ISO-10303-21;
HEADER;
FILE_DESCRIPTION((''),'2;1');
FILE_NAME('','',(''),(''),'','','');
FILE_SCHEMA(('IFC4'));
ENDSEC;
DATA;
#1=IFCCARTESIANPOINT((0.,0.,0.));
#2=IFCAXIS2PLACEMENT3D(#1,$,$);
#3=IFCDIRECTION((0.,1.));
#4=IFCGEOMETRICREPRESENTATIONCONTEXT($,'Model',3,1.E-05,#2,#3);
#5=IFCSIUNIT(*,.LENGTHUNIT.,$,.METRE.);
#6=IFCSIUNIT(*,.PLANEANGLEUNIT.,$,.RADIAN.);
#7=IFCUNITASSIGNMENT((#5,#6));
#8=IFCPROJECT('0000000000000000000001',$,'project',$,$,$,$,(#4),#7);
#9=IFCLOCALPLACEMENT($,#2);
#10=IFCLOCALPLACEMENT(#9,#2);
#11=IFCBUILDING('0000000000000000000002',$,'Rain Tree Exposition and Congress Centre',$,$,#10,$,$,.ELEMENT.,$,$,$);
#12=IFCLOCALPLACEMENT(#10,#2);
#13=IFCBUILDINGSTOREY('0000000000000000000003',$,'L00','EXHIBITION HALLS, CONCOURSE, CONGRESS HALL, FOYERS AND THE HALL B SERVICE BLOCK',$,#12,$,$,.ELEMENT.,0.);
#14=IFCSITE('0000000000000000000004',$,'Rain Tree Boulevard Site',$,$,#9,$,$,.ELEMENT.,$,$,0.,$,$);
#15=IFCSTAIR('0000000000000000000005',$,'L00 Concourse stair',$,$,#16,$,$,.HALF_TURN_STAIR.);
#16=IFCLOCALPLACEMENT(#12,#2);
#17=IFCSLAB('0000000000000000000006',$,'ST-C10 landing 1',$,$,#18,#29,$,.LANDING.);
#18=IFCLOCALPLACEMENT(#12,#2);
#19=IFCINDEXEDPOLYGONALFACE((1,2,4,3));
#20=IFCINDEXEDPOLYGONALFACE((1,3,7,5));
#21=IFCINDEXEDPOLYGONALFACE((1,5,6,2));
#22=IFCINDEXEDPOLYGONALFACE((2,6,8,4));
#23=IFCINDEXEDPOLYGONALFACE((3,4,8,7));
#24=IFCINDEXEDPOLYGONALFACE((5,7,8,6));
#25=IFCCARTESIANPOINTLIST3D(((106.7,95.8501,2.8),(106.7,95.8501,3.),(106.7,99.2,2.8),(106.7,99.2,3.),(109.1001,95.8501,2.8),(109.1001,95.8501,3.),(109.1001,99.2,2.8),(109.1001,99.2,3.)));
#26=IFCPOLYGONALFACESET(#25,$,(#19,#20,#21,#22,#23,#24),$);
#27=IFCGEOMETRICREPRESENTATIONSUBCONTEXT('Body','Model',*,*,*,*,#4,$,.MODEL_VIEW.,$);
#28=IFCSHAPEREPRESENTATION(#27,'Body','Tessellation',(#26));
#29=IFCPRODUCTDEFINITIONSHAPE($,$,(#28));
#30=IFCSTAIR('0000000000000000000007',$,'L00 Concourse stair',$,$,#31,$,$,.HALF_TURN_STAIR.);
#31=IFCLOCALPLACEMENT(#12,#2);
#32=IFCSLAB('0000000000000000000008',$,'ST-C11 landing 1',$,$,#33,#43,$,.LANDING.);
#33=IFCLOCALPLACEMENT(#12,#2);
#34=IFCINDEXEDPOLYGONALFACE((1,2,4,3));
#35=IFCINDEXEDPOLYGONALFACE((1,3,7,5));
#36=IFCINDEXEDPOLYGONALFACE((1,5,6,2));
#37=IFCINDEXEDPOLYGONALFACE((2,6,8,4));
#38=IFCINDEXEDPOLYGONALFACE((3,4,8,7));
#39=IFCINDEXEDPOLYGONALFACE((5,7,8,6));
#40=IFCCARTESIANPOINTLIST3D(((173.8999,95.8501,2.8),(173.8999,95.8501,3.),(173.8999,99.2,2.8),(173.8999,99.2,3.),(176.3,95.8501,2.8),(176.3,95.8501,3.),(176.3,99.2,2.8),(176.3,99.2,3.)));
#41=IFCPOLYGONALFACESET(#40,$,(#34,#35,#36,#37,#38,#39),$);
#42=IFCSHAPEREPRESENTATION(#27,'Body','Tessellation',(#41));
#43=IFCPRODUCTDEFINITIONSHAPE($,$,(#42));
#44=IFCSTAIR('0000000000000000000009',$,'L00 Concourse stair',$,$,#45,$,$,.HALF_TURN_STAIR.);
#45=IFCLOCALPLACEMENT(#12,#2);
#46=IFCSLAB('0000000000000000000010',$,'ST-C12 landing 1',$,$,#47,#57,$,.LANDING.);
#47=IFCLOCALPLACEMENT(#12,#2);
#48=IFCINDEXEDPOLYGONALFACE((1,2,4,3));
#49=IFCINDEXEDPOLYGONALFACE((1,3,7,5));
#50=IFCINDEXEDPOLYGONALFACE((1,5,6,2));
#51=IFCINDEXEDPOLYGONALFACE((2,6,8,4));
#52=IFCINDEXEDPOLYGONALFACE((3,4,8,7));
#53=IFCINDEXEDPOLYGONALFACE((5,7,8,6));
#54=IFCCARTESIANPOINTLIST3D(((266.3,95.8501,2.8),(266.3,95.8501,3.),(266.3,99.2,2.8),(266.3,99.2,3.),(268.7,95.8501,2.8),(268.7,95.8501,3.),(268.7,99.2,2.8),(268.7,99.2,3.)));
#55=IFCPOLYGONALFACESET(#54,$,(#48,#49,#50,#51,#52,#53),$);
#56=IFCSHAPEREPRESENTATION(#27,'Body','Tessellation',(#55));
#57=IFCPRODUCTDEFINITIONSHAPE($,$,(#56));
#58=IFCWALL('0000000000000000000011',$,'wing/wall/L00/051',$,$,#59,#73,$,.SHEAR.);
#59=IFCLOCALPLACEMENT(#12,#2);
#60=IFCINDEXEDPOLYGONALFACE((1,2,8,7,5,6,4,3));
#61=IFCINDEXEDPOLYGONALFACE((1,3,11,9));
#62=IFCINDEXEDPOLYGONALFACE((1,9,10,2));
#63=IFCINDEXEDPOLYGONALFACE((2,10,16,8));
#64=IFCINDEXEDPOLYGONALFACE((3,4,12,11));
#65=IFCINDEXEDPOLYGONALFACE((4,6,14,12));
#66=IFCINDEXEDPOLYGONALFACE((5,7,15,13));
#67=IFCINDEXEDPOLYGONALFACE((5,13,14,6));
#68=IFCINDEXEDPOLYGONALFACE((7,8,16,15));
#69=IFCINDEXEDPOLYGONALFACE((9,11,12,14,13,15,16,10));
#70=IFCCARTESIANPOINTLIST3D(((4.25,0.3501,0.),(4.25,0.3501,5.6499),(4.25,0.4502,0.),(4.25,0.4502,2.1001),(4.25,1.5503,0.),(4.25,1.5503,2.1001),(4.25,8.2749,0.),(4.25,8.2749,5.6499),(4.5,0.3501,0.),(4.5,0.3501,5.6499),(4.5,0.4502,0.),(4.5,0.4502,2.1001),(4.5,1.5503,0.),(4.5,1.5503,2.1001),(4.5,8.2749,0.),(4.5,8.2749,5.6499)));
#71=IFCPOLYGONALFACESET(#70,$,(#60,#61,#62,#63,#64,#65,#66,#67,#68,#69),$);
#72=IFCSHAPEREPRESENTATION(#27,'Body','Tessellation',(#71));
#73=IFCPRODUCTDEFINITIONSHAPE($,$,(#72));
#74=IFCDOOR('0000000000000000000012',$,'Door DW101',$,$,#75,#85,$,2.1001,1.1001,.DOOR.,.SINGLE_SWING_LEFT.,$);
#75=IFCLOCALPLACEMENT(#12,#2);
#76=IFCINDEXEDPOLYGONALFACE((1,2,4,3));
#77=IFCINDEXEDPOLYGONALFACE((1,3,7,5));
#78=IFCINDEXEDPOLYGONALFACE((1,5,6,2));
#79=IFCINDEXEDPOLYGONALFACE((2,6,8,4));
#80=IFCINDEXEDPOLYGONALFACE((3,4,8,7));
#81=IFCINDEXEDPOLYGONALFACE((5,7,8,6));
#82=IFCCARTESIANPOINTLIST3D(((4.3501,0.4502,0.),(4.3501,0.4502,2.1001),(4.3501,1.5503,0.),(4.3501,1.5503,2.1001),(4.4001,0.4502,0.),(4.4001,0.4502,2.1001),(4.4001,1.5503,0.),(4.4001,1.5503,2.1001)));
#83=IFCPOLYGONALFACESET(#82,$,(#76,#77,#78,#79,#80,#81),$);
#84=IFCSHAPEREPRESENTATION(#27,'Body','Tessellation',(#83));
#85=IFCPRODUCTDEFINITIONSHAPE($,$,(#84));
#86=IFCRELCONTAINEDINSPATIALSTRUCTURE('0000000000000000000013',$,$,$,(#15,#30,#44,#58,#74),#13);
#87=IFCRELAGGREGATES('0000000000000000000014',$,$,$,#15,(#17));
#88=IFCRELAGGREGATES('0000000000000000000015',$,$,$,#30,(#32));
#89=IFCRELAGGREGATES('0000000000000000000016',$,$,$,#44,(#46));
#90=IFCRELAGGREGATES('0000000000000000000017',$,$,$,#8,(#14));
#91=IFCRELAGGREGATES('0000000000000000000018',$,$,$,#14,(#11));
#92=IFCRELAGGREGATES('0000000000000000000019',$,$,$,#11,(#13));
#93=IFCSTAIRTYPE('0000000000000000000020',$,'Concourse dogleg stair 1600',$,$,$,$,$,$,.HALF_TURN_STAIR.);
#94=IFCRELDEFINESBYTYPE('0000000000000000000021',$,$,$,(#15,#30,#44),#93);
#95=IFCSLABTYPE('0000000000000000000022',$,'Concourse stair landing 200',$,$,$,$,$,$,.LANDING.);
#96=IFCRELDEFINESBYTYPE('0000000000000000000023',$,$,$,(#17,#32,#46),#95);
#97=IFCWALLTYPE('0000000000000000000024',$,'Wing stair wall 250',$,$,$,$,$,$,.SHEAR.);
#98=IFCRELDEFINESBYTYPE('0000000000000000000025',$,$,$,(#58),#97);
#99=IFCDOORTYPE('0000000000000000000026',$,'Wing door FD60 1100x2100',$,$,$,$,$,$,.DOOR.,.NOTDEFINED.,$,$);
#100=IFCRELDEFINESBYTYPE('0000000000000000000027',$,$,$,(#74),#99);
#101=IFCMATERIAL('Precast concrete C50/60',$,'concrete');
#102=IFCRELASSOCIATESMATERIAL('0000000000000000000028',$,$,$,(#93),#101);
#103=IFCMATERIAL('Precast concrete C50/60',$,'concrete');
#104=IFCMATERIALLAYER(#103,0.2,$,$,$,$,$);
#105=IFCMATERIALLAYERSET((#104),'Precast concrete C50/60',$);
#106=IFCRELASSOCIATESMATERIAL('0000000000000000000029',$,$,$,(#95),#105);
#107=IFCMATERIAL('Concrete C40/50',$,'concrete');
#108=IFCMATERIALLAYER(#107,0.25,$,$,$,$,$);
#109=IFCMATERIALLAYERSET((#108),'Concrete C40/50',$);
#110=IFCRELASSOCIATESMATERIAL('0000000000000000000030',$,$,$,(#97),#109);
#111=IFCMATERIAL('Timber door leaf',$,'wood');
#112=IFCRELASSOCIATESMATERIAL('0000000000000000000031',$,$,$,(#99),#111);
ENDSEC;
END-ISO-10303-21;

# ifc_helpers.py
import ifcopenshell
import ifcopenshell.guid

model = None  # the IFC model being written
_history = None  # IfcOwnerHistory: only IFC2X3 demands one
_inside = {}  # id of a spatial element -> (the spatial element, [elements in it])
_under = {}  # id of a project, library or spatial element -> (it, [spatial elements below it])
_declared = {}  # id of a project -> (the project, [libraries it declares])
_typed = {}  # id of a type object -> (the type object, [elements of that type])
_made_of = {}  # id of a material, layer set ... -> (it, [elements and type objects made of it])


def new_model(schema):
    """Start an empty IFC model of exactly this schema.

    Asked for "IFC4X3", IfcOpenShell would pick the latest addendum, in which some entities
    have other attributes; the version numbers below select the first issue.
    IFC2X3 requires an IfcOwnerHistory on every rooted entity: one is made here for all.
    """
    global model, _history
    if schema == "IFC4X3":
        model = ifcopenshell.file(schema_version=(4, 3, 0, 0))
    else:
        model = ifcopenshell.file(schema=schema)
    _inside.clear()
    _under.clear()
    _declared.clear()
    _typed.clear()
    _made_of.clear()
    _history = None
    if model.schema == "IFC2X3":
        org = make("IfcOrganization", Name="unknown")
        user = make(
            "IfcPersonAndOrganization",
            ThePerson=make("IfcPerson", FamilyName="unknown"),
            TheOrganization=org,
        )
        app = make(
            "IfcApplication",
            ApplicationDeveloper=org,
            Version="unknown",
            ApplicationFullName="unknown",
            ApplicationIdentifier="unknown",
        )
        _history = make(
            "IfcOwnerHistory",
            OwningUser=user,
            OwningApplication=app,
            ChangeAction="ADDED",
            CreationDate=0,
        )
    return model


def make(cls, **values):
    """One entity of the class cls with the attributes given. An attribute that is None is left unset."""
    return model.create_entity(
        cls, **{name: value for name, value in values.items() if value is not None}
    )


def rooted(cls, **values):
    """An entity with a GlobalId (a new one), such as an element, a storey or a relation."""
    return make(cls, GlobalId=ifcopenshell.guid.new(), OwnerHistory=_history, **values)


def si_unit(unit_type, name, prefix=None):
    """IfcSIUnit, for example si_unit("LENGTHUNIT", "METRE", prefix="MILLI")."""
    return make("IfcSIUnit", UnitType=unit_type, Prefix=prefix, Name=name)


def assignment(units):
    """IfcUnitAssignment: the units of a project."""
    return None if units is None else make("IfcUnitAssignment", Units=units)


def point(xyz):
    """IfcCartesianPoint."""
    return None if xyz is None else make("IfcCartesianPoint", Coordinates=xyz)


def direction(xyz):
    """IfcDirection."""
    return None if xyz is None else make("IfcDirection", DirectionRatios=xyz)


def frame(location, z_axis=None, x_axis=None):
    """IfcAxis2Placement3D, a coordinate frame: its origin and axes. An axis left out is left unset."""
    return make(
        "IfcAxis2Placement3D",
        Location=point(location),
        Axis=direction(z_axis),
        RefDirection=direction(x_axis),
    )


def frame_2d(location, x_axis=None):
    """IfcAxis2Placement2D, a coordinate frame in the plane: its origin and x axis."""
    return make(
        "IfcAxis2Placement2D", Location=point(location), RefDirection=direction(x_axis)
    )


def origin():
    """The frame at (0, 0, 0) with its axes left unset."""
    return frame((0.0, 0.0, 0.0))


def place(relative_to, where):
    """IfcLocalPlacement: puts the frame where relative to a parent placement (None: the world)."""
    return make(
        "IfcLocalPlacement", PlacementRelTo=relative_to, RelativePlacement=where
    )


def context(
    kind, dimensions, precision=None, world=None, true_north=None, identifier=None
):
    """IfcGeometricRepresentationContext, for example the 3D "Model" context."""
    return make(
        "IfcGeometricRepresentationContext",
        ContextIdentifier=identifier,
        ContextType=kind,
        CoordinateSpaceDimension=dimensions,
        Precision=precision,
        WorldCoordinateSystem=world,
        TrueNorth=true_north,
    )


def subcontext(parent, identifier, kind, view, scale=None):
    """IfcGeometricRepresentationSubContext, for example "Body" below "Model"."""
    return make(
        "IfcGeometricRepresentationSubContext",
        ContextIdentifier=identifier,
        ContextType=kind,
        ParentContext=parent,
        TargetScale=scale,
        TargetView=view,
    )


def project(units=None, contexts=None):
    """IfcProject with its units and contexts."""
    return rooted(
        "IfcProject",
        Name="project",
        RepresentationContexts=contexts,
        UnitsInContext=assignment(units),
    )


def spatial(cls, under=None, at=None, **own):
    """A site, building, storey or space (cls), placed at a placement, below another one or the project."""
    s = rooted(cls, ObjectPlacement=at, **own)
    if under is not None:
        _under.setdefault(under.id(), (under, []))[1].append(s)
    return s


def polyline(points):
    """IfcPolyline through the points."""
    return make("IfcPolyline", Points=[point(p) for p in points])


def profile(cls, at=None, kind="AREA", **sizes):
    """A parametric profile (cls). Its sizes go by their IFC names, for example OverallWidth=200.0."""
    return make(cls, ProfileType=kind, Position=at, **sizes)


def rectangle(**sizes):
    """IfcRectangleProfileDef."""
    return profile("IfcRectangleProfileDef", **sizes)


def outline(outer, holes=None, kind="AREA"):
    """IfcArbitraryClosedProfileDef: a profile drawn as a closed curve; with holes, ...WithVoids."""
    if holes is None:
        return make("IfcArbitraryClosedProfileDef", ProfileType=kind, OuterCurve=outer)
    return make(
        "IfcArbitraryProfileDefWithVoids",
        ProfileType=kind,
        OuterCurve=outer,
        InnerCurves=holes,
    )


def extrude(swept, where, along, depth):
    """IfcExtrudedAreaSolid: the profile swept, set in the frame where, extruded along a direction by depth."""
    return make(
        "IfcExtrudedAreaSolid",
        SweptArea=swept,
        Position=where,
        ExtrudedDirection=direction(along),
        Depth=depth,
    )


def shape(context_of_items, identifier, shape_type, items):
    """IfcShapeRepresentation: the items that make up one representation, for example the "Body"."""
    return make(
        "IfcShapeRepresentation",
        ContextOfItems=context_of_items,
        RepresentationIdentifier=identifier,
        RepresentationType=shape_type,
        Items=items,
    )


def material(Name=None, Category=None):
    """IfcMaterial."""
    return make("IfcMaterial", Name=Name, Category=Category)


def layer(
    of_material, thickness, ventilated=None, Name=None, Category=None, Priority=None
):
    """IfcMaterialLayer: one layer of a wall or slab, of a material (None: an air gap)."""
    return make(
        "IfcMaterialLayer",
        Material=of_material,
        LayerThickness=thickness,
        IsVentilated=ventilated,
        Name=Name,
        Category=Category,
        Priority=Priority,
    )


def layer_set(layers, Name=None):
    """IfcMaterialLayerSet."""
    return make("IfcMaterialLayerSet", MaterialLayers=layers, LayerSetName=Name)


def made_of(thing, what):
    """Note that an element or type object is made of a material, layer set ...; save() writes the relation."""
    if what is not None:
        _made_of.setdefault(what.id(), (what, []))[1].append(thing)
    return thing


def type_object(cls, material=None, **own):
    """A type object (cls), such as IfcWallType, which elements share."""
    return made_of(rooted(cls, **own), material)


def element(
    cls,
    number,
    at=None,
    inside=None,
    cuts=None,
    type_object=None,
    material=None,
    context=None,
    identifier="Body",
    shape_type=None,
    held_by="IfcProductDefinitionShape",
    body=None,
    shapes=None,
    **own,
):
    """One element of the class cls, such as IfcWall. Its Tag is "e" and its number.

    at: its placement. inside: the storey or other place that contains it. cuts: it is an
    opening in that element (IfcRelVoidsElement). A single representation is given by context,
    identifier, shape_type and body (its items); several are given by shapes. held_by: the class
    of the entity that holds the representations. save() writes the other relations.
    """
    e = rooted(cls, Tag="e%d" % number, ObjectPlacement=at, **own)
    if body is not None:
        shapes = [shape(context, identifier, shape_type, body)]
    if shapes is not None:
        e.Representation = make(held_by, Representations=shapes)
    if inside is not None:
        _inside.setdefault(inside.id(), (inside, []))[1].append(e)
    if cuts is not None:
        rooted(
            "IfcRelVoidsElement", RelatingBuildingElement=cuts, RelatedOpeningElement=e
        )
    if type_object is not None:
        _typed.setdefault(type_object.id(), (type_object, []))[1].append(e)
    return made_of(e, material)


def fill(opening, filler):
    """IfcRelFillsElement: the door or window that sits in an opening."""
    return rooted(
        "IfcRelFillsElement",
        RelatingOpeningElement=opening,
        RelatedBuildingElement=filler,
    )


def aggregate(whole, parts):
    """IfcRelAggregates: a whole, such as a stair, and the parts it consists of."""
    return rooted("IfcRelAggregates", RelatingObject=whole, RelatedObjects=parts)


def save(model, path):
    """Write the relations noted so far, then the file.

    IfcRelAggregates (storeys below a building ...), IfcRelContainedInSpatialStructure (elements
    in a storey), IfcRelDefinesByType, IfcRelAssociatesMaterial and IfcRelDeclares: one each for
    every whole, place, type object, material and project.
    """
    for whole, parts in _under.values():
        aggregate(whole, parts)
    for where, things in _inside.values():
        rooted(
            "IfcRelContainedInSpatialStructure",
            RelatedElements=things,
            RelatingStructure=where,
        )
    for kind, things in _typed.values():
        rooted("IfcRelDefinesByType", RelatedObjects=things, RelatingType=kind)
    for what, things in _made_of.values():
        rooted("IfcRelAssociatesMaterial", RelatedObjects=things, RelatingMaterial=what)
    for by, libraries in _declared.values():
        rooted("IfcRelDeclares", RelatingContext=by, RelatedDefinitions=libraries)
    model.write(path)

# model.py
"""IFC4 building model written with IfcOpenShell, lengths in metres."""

from ifc_helpers import new_model, si_unit, direction, frame, frame_2d, origin, place, context, subcontext, project, spatial, polyline, rectangle, outline, extrude, material, layer, layer_set, type_object, element, fill, aggregate, save


model = new_model("IFC4")

# Units and contexts
model_context = context("Model", 3, precision=1e-05, world=origin(), true_north=direction((0.0, 1.0)))
body_context = subcontext(model_context, "Body", "Model", "MODEL_VIEW")
ifc_project = project(units=[si_unit("LENGTHUNIT", "METRE"), si_unit("PLANEANGLEUNIT", "RADIAN")], contexts=[model_context])

# Site, building, storey
site_placement = place(None, origin())
site = spatial("IfcSite", under=ifc_project, at=site_placement, Name="Rain Tree Boulevard Site", CompositionType="ELEMENT", RefElevation=0.0)
building_placement = place(site_placement, origin())
building = spatial("IfcBuilding", under=site, at=building_placement, Name="Rain Tree Exposition and Congress Centre", CompositionType="ELEMENT")
storey_placement = place(building_placement, origin())
storey = spatial("IfcBuildingStorey", under=building, at=storey_placement, Name="L00", Description="EXHIBITION HALLS, CONCOURSE, CONGRESS HALL, FOYERS AND THE HALL B SERVICE BLOCK", CompositionType="ELEMENT", Elevation=0.0)

# Stairs, slabs
ifc_material_1 = material(Name="Precast concrete C50/60", Category="concrete")
stair_type = type_object("IfcStairType", Name="Concourse dogleg stair 1600", PredefinedType="HALF_TURN_STAIR", material=ifc_material_1)
ifc_material_2 = material(Name="Precast concrete C50/60", Category="concrete")
ifc_layer_1 = layer(ifc_material_2, 0.2)
ifc_layer_set_1 = layer_set([ifc_layer_1], Name="Precast concrete C50/60")
slab_type = type_object("IfcSlabType", Name="Concourse stair landing 200", PredefinedType="LANDING", material=ifc_layer_set_1)
stair_1_placement = place(storey_placement, origin())
stair_1 = element("IfcStair", 1, at=stair_1_placement, inside=storey, type_object=stair_type, Name="L00 Concourse stair", PredefinedType="HALF_TURN_STAIR")
slab_1_placement = place(storey_placement, frame((0.0, 0.0, 2.8)))
slab_1 = element("IfcSlab", 2, at=slab_1_placement, type_object=slab_type, Name="ST-C10 landing 1", PredefinedType="LANDING", context=body_context, shape_type="SweptSolid", body=[
    extrude(outline(polyline([(106.7, 95.8501), (109.1001, 95.8501), (109.1001, 99.2), (106.7, 99.2), (106.7, 95.8501)])), origin(), (0.0, 0.0, 1.0), 0.2),
])
aggregate(stair_1, [slab_1])
stair_2_placement = place(storey_placement, origin())
stair_2 = element("IfcStair", 3, at=stair_2_placement, inside=storey, type_object=stair_type, Name="L00 Concourse stair", PredefinedType="HALF_TURN_STAIR")
slab_2_placement = place(storey_placement, frame((0.0, 0.0, 2.8)))
slab_2 = element("IfcSlab", 4, at=slab_2_placement, type_object=slab_type, Name="ST-C11 landing 1", PredefinedType="LANDING", context=body_context, shape_type="SweptSolid", body=[
    extrude(outline(polyline([(173.8999, 95.8501), (176.3, 95.8501), (176.3, 99.2), (173.8999, 99.2), (173.8999, 95.8501)])), origin(), (0.0, 0.0, 1.0), 0.2),
])
aggregate(stair_2, [slab_2])
stair_3_placement = place(storey_placement, origin())
stair_3 = element("IfcStair", 5, at=stair_3_placement, inside=storey, type_object=stair_type, Name="L00 Concourse stair", PredefinedType="HALF_TURN_STAIR")
slab_3_placement = place(storey_placement, frame((0.0, 0.0, 2.8)))
slab_3 = element("IfcSlab", 6, at=slab_3_placement, type_object=slab_type, Name="ST-C12 landing 1", PredefinedType="LANDING", context=body_context, shape_type="SweptSolid", body=[
    extrude(outline(polyline([(266.3, 95.8501), (268.7, 95.8501), (268.7, 99.2), (266.3, 99.2), (266.3, 95.8501)])), origin(), (0.0, 0.0, 1.0), 0.2),
])
aggregate(stair_3, [slab_3])

# Wall, opening, door
ifc_material_3 = material(Name="Concrete C40/50", Category="concrete")
ifc_layer_2 = layer(ifc_material_3, 0.25)
ifc_layer_set_2 = layer_set([ifc_layer_2], Name="Concrete C40/50")
wall_type = type_object("IfcWallType", Name="Wing stair wall 250", PredefinedType="SHEAR", material=ifc_layer_set_2)
wall_placement = place(storey_placement, frame((4.375, 0.3501, 0.0), z_axis=(0.0, 0.0, 1.0), x_axis=(0.0, 1.0, 0.0)))
wall = element("IfcWall", 7, at=wall_placement, inside=storey, type_object=wall_type, Name="wing/wall/L00/051", PredefinedType="SHEAR", context=body_context, shape_type="SweptSolid", body=[
    extrude(rectangle(XDim=7.9248, YDim=0.25, at=frame_2d((3.9624, 0.0))), origin(), (0.0, 0.0, 1.0), 5.6499),
])
opening_placement = place(wall_placement, frame((0.1001, 0.0, 0.0)))
opening = element("IfcOpeningElement", 8, at=opening_placement, cuts=wall, PredefinedType="OPENING", context=body_context, shape_type="SweptSolid", body=[
    extrude(rectangle(XDim=1.1001, YDim=2.1001, at=frame_2d((0.55, 1.05))), frame((0.0, 0.125, 0.0), z_axis=(0.0, -1.0, 0.0), x_axis=(1.0, 0.0, 0.0)), (0.0, 0.0, 1.0), 0.25),
])
ifc_material_4 = material(Name="Timber door leaf", Category="wood")
door_type = type_object("IfcDoorType", Name="Wing door FD60 1100x2100", OperationType="NOTDEFINED", PredefinedType="DOOR", material=ifc_material_4)
door_placement = place(opening_placement, origin())
door = element("IfcDoor", 9, at=door_placement, inside=storey, type_object=door_type, Name="Door DW101", OperationType="SINGLE_SWING_LEFT", OverallHeight=2.1001, OverallWidth=1.1001, PredefinedType="DOOR", context=body_context, shape_type="SweptSolid", body=[
    extrude(rectangle(XDim=1.1001, YDim=2.1001, at=frame_2d((0.55, 1.05))), frame((0.0, 0.0249, 0.0), z_axis=(0.0, -1.0, 0.0), x_axis=(1.0, 0.0, 0.0)), (0.0, 0.0, 1.0), 0.05),
])
fill(opening, door)

save(model, "model.ifc")
